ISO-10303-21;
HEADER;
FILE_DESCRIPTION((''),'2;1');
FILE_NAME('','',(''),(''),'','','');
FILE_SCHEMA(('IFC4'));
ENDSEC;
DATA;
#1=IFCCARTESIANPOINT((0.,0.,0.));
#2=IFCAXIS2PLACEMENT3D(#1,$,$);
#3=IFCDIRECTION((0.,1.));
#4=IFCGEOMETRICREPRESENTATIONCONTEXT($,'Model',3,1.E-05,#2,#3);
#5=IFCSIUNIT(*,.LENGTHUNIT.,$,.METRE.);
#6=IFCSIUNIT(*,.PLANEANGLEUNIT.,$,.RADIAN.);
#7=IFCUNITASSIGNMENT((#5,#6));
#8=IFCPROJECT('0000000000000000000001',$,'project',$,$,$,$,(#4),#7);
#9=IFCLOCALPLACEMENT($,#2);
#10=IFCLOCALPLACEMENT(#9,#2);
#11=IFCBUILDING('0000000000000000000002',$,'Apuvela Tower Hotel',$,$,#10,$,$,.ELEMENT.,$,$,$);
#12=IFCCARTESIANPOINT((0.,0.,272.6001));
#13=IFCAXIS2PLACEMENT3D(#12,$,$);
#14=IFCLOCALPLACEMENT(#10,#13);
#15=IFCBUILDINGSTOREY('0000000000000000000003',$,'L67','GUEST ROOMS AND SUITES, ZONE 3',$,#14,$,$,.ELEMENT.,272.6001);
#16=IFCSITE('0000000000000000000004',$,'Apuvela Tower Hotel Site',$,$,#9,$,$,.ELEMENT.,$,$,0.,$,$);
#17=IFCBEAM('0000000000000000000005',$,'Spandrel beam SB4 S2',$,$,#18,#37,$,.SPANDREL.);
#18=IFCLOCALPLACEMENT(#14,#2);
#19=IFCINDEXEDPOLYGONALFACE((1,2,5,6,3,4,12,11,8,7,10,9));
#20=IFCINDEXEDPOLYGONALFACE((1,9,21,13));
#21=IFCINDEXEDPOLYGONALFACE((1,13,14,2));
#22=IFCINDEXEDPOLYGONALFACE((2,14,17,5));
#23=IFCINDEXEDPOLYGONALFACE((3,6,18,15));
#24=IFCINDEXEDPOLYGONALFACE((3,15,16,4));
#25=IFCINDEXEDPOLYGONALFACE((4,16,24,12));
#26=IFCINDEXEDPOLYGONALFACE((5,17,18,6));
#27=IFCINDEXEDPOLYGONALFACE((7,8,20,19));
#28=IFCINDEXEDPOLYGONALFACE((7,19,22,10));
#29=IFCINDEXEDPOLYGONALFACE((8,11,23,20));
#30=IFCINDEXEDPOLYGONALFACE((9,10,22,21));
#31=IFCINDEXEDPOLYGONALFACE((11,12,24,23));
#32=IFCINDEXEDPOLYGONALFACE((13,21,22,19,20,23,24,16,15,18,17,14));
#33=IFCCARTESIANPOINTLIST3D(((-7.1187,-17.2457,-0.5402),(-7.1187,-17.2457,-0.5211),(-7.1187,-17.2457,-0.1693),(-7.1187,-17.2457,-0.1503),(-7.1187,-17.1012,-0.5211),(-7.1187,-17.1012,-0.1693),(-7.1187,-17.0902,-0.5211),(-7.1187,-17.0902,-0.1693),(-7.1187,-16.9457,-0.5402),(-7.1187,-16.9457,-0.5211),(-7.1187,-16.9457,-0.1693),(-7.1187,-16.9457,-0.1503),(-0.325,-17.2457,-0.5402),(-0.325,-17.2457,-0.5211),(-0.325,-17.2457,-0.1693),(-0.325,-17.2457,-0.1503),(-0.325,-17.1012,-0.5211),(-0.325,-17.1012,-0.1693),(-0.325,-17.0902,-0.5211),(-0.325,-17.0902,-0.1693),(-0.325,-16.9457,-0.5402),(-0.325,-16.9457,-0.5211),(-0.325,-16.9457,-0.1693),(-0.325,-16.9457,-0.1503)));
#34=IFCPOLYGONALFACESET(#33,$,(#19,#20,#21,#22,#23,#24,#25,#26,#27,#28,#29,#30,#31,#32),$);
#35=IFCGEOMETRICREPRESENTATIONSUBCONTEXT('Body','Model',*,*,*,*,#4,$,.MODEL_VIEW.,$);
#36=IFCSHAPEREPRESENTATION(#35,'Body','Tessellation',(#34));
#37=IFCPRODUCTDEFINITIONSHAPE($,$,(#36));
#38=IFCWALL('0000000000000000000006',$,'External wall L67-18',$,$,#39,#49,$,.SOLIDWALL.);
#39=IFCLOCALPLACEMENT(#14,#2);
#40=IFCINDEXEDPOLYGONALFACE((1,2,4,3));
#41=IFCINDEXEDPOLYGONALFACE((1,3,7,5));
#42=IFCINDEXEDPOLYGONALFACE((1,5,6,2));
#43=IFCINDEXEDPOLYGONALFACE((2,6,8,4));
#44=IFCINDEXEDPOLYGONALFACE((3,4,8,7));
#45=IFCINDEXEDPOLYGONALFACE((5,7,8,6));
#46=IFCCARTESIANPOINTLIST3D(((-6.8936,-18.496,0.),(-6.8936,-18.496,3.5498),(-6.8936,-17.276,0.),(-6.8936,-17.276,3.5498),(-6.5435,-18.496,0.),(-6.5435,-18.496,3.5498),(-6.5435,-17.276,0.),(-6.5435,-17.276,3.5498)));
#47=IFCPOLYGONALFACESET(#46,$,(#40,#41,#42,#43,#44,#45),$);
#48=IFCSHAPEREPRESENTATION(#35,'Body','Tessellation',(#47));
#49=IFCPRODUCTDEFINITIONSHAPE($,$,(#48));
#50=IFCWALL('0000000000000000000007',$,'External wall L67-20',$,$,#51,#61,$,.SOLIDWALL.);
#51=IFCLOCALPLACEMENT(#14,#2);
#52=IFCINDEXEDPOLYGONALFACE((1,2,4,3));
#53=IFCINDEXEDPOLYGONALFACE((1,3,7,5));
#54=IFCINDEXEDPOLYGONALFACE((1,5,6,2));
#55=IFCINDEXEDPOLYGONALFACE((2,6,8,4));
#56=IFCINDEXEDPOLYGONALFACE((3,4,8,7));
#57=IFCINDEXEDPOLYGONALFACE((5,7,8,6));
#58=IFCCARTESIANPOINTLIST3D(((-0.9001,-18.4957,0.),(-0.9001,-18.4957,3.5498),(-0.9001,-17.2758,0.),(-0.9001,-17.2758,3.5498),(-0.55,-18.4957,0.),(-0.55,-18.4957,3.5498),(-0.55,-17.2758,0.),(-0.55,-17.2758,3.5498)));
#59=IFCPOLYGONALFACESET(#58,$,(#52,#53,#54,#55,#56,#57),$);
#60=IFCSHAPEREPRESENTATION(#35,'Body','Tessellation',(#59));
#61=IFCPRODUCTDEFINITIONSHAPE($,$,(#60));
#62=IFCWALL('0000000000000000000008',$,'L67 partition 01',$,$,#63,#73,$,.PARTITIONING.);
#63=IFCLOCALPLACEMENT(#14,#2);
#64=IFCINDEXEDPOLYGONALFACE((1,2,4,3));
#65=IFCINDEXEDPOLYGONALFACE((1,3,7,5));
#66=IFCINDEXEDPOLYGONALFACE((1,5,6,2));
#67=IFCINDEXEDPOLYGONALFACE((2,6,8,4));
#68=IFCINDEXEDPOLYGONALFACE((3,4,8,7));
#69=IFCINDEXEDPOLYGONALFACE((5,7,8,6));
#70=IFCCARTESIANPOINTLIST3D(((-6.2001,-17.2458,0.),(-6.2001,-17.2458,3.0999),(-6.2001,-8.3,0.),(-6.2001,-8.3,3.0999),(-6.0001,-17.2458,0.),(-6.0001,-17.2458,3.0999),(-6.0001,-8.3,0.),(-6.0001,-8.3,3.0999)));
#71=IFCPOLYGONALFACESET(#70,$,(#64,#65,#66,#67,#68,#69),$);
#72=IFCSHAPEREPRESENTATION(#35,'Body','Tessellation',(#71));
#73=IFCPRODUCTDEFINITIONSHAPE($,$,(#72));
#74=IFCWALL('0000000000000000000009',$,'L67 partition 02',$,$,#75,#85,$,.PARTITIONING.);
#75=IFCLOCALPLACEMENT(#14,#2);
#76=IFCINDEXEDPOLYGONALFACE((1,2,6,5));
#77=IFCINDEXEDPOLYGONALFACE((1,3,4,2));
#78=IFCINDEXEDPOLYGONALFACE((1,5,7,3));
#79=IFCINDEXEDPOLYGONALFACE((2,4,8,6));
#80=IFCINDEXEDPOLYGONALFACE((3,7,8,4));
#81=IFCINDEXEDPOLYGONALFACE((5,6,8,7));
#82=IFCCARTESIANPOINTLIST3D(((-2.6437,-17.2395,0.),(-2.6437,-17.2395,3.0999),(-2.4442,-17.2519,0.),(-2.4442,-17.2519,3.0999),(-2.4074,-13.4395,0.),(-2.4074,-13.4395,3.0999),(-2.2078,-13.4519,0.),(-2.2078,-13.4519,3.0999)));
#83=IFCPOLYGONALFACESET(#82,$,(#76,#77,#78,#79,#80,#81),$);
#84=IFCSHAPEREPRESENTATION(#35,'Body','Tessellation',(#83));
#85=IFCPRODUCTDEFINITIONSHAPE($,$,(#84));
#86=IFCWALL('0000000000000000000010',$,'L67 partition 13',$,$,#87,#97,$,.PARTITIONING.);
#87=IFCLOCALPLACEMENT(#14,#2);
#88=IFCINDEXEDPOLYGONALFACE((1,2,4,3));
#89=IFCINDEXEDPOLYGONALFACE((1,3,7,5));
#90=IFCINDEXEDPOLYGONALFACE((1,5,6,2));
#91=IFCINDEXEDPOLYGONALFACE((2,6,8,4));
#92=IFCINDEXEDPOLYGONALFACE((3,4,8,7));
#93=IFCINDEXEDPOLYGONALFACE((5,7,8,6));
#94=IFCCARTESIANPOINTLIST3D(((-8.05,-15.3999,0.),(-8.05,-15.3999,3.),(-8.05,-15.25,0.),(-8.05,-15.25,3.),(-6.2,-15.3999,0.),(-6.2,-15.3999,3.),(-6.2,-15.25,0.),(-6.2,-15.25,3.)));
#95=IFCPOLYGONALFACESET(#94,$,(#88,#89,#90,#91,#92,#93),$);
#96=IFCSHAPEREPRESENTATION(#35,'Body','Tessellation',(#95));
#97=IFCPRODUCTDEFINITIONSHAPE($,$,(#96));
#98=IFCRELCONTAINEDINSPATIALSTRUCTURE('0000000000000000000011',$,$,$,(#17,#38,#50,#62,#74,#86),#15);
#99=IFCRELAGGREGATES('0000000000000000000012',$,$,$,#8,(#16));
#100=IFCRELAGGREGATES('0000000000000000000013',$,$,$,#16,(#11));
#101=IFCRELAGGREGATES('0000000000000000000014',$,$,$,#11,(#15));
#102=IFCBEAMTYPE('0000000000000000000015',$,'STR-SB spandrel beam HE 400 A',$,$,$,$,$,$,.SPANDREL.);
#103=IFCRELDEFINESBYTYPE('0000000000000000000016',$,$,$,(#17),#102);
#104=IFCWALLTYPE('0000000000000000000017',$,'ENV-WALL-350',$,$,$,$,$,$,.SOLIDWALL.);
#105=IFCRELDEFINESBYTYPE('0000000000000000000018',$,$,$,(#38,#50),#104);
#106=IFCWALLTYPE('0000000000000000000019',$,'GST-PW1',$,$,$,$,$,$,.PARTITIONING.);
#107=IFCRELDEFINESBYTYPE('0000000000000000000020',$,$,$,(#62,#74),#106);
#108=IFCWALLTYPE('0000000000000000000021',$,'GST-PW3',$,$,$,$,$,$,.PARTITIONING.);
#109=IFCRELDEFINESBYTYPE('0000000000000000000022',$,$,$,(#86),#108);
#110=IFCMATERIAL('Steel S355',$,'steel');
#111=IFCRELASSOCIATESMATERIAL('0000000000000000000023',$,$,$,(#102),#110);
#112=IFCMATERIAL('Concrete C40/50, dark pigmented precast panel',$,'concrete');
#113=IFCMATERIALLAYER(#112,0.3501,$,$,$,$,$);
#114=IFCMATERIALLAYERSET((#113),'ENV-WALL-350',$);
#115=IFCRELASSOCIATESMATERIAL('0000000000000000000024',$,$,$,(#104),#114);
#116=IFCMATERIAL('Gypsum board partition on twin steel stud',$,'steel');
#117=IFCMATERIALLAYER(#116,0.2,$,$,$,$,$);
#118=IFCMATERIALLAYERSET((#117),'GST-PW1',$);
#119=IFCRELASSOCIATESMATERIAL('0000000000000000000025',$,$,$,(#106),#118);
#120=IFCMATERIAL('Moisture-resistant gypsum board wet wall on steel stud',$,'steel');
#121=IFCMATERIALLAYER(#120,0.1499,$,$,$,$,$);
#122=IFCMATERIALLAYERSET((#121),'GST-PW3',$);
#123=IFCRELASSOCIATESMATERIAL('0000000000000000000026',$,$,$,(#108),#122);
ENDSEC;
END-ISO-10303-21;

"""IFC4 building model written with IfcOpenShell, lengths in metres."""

from ifc_helpers import new_model, si_unit, direction, frame, frame_2d, origin, origin_2d, place, context, subcontext, project, spatial, rectangle, i_section, extrude, material, layer, layer_set, material_profile, profile_set, type_object, element, save


model = new_model("IFC4")

# Units and contexts
model_context = context("Model", 3, precision=1e-05, world=origin(), true_north=direction((0.0, 1.0)))
body_context = subcontext(model_context, "Body", "Model", "MODEL_VIEW")
ifc_project = project(units=[si_unit("LENGTHUNIT", "METRE"), si_unit("PLANEANGLEUNIT", "RADIAN")], contexts=[model_context])

# Site, building, storey
site_placement = place(None, origin())
site = spatial("IfcSite", under=ifc_project, at=site_placement, Name="Apuvela Tower Hotel Site", CompositionType="ELEMENT", RefElevation=0.0)
building_placement = place(site_placement, origin())
building = spatial("IfcBuilding", under=site, at=building_placement, Name="Apuvela Tower Hotel", CompositionType="ELEMENT")
storey_placement = place(building_placement, frame((0.0, 0.0, 272.6001)))
storey = spatial("IfcBuildingStorey", under=building, at=storey_placement, Name="L67", Description="GUEST ROOMS AND SUITES, ZONE 3", CompositionType="ELEMENT", Elevation=272.6001)

# Beam
ifc_material_1 = material(Name="Steel S355", Category="steel")
ifc_material_profile_1 = material_profile(ifc_material_1, i_section(OverallWidth=0.3, OverallDepth=0.3899, WebThickness=0.011, FlangeThickness=0.019, at=origin_2d()), Name="HE 400 A")
ifc_profile_set_1 = profile_set([ifc_material_profile_1], Name="Steel S355")
beam_type_1 = type_object("IfcBeamType", Name="STR-SB spandrel beam HE 400 A", PredefinedType="SPANDREL", material=ifc_profile_set_1)
beam_1_placement = place(storey_placement, frame((-7.1187, -17.0957, -0.3452), z_axis=(1.0, 0.0, 0.0), x_axis=(0.0, 1.0, 0.0)))
element("IfcBeam", 1, at=beam_1_placement, inside=storey, type_object=beam_type_1, Name="Spandrel beam SB4 S2", PredefinedType="SPANDREL", context=body_context, shape_type="SweptSolid", body=[
    extrude(i_section(OverallWidth=0.3, OverallDepth=0.3899, WebThickness=0.011, FlangeThickness=0.019, at=origin_2d()), origin(), (0.0, 0.0, 1.0), 6.7937),
])

# Wall
ifc_material_2 = material(Name="Concrete C40/50, dark pigmented precast panel", Category="concrete")
ifc_layer_1 = layer(ifc_material_2, 0.3501)
ifc_layer_set_1 = layer_set([ifc_layer_1], Name="ENV-WALL-350")
wall_type_1 = type_object("IfcWallType", Name="ENV-WALL-350", PredefinedType="SOLIDWALL", material=ifc_layer_set_1)
wall_1_placement = place(storey_placement, frame((-6.7185, -18.4958, 0.0), z_axis=(0.0, 0.0, 1.0), x_axis=(0.0, 1.0, 0.0)))
element("IfcWall", 2, at=wall_1_placement, inside=storey, type_object=wall_type_1, Name="External wall L67-18", PredefinedType="SOLIDWALL", context=body_context, shape_type="SweptSolid", body=[
    extrude(rectangle(XDim=1.22, YDim=0.3501, at=frame_2d((0.6099, 0.0))), origin(), (0.0, 0.0, 1.0), 3.5498),
])

# Wall
wall_2_placement = place(storey_placement, frame((-0.7251, -17.2759, 0.0), z_axis=(0.0, 0.0, 1.0), x_axis=(0.0, -1.0, 0.0)))
element("IfcWall", 3, at=wall_2_placement, inside=storey, type_object=wall_type_1, Name="External wall L67-20", PredefinedType="SOLIDWALL", context=body_context, shape_type="SweptSolid", body=[
    extrude(rectangle(XDim=1.22, YDim=0.3501, at=frame_2d((0.6099, 0.0))), origin(), (0.0, 0.0, 1.0), 3.5498),
])

# Walls
ifc_material_3 = material(Name="Gypsum board partition on twin steel stud", Category="steel")
ifc_layer_2 = layer(ifc_material_3, 0.2)
ifc_layer_set_2 = layer_set([ifc_layer_2], Name="GST-PW1")
wall_type_2 = type_object("IfcWallType", Name="GST-PW1", PredefinedType="PARTITIONING", material=ifc_layer_set_2)
wall_3_placement = place(storey_placement, frame((-6.1001, -17.2458, 0.0), z_axis=(0.0, 0.0, 1.0), x_axis=(0.0, 1.0, 0.0)))
element("IfcWall", 4, at=wall_3_placement, inside=storey, type_object=wall_type_2, Name="L67 partition 01", PredefinedType="PARTITIONING", context=body_context, shape_type="SweptSolid", body=[
    extrude(rectangle(XDim=8.9458, YDim=0.2, at=frame_2d((4.4729, 0.0))), origin(), (0.0, 0.0, 1.0), 3.0999),
])
wall_4_placement = place(storey_placement, frame((-2.5439, -17.2458, 0.0), z_axis=(0.0, 0.0, 1.0), x_axis=(0.062071, 0.998072, 0.0)))
element("IfcWall", 5, at=wall_4_placement, inside=storey, type_object=wall_type_2, Name="L67 partition 02", PredefinedType="PARTITIONING", context=body_context, shape_type="SweptSolid", body=[
    extrude(rectangle(XDim=3.8074, YDim=0.2, at=frame_2d((1.9038, 0.0))), origin(), (0.0, 0.0, 1.0), 3.0999),
])
ifc_material_4 = material(Name="Moisture-resistant gypsum board wet wall on steel stud", Category="steel")
ifc_layer_3 = layer(ifc_material_4, 0.1499)
ifc_layer_set_3 = layer_set([ifc_layer_3], Name="GST-PW3")
wall_type_3 = type_object("IfcWallType", Name="GST-PW3", PredefinedType="PARTITIONING", material=ifc_layer_set_3)
wall_5_placement = place(storey_placement, frame((-8.05, -15.325, 0.0), z_axis=(0.0, 0.0, 1.0), x_axis=(1.0, 0.0, 0.0)))
element("IfcWall", 6, at=wall_5_placement, inside=storey, type_object=wall_type_3, Name="L67 partition 13", PredefinedType="PARTITIONING", context=body_context, shape_type="SweptSolid", body=[
    extrude(rectangle(XDim=1.8501, YDim=0.1499, at=frame_2d((0.925, 0.0))), origin(), (0.0, 0.0, 1.0), 3.0),
])

save(model, "model.ifc")
